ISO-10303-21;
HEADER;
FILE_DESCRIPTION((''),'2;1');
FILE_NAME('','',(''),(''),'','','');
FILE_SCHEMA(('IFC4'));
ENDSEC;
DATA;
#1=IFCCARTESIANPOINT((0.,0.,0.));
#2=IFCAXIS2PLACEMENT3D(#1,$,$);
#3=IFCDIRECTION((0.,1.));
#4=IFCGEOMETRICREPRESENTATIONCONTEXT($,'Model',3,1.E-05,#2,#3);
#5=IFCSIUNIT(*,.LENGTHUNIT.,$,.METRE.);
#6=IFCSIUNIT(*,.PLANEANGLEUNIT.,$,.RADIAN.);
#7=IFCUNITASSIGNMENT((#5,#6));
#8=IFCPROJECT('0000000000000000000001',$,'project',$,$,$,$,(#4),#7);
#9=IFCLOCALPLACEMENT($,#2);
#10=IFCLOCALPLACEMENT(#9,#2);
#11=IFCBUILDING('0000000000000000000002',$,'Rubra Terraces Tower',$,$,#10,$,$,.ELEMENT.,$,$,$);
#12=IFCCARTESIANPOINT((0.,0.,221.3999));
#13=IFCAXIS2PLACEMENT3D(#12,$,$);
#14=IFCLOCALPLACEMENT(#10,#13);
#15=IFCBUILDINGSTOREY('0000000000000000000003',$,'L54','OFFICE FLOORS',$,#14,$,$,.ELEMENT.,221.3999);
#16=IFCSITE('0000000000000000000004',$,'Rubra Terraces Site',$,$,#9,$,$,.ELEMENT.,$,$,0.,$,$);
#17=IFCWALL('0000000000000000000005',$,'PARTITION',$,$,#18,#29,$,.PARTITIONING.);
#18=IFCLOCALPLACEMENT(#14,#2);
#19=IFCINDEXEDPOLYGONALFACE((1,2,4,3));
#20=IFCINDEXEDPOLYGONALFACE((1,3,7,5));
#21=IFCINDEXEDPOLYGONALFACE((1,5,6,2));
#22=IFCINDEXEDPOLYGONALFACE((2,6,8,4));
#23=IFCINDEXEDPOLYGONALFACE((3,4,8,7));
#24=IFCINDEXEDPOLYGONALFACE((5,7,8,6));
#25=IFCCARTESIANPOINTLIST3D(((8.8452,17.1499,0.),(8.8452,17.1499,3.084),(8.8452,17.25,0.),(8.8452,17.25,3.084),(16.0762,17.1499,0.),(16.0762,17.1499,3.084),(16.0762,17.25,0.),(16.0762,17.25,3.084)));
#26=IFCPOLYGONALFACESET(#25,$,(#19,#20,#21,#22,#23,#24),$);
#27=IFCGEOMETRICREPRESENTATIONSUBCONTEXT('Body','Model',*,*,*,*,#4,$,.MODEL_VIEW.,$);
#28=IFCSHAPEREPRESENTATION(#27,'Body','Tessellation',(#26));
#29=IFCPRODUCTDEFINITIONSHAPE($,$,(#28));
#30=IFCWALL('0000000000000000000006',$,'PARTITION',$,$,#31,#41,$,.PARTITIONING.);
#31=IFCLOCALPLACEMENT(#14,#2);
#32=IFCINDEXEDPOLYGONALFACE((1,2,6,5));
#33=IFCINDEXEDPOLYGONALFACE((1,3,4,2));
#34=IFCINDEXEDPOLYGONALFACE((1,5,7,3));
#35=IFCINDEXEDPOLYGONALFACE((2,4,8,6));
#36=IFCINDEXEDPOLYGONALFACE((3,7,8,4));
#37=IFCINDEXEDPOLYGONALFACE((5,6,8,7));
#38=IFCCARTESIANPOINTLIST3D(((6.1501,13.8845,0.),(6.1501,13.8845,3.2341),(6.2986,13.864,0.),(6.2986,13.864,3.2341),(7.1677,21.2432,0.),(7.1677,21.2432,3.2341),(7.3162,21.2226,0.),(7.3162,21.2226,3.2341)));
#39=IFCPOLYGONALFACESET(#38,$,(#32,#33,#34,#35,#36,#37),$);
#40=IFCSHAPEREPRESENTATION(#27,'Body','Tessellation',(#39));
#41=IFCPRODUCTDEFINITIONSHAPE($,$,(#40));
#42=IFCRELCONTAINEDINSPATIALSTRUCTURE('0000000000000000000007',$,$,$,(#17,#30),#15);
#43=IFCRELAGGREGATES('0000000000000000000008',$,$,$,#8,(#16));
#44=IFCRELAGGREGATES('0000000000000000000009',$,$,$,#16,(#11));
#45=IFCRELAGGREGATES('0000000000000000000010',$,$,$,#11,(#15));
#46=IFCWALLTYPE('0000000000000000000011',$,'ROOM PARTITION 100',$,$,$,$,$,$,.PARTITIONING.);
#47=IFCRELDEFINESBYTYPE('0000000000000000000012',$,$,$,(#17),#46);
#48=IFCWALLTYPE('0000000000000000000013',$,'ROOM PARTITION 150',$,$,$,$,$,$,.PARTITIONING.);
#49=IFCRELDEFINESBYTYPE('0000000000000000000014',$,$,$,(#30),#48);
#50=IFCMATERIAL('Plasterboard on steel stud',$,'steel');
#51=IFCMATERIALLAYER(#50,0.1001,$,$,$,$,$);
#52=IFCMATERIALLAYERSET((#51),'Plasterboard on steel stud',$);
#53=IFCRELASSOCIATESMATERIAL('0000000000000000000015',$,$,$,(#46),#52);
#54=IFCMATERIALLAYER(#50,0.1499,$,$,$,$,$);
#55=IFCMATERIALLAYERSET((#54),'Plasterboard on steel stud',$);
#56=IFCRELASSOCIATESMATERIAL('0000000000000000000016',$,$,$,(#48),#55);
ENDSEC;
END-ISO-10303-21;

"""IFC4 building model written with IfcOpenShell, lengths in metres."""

from ifc_helpers import new_model, si_unit, direction, frame, frame_2d, origin, place, context, subcontext, project, spatial, rectangle, extrude, material, layer, layer_set, type_object, element, save


model = new_model("IFC4")

# Units and contexts
model_context = context("Model", 3, precision=1e-05, world=origin(), true_north=direction((0.0, 1.0)))
body_context = subcontext(model_context, "Body", "Model", "MODEL_VIEW")
ifc_project = project(units=[si_unit("LENGTHUNIT", "METRE"), si_unit("PLANEANGLEUNIT", "RADIAN")], contexts=[model_context])

# Site, building, storey
site_placement = place(None, origin())
site = spatial("IfcSite", under=ifc_project, at=site_placement, Name="Rubra Terraces Site", CompositionType="ELEMENT", RefElevation=0.0)
building_placement = place(site_placement, origin())
building = spatial("IfcBuilding", under=site, at=building_placement, Name="Rubra Terraces Tower", CompositionType="ELEMENT")
storey_placement = place(building_placement, frame((0.0, 0.0, 221.3999)))
storey = spatial("IfcBuildingStorey", under=building, at=storey_placement, Name="L54", Description="OFFICE FLOORS", CompositionType="ELEMENT", Elevation=221.3999)

# Walls
ifc_material_1 = material(Name="Plasterboard on steel stud", Category="steel")
ifc_layer_1 = layer(ifc_material_1, 0.1001)
ifc_layer_set_1 = layer_set([ifc_layer_1], Name="Plasterboard on steel stud")
wall_type_1 = type_object("IfcWallType", Name="ROOM PARTITION 100", PredefinedType="PARTITIONING", material=ifc_layer_set_1)
wall_1_placement = place(storey_placement, frame((8.8452, 17.2, 0.0), z_axis=(0.0, 0.0, 1.0), x_axis=(1.0, 0.0, 0.0)))
element("IfcWall", 1, at=wall_1_placement, inside=storey, type_object=wall_type_1, Name="PARTITION", PredefinedType="PARTITIONING", context=body_context, shape_type="SweptSolid", body=[
    extrude(rectangle(XDim=7.231, YDim=0.1001, at=frame_2d((3.6155, 0.0))), origin(), (0.0, 0.0, 1.0), 3.084),
])
ifc_layer_2 = layer(ifc_material_1, 0.1499)
ifc_layer_set_2 = layer_set([ifc_layer_2], Name="Plasterboard on steel stud")
wall_type_2 = type_object("IfcWallType", Name="ROOM PARTITION 150", PredefinedType="PARTITIONING", material=ifc_layer_set_2)
wall_2_placement = place(storey_placement, frame((7.2419, 21.2329, 0.0), z_axis=(0.0, 0.0, 1.0), x_axis=(-0.13698, -0.990574, 0.0)))
element("IfcWall", 2, at=wall_2_placement, inside=storey, type_object=wall_type_2, Name="PARTITION", PredefinedType="PARTITIONING", context=body_context, shape_type="SweptSolid", body=[
    extrude(rectangle(XDim=7.4287, YDim=0.1499, at=frame_2d((3.7144, 0.0))), origin(), (0.0, 0.0, 1.0), 3.2341),
])

save(model, "model.ifc")
